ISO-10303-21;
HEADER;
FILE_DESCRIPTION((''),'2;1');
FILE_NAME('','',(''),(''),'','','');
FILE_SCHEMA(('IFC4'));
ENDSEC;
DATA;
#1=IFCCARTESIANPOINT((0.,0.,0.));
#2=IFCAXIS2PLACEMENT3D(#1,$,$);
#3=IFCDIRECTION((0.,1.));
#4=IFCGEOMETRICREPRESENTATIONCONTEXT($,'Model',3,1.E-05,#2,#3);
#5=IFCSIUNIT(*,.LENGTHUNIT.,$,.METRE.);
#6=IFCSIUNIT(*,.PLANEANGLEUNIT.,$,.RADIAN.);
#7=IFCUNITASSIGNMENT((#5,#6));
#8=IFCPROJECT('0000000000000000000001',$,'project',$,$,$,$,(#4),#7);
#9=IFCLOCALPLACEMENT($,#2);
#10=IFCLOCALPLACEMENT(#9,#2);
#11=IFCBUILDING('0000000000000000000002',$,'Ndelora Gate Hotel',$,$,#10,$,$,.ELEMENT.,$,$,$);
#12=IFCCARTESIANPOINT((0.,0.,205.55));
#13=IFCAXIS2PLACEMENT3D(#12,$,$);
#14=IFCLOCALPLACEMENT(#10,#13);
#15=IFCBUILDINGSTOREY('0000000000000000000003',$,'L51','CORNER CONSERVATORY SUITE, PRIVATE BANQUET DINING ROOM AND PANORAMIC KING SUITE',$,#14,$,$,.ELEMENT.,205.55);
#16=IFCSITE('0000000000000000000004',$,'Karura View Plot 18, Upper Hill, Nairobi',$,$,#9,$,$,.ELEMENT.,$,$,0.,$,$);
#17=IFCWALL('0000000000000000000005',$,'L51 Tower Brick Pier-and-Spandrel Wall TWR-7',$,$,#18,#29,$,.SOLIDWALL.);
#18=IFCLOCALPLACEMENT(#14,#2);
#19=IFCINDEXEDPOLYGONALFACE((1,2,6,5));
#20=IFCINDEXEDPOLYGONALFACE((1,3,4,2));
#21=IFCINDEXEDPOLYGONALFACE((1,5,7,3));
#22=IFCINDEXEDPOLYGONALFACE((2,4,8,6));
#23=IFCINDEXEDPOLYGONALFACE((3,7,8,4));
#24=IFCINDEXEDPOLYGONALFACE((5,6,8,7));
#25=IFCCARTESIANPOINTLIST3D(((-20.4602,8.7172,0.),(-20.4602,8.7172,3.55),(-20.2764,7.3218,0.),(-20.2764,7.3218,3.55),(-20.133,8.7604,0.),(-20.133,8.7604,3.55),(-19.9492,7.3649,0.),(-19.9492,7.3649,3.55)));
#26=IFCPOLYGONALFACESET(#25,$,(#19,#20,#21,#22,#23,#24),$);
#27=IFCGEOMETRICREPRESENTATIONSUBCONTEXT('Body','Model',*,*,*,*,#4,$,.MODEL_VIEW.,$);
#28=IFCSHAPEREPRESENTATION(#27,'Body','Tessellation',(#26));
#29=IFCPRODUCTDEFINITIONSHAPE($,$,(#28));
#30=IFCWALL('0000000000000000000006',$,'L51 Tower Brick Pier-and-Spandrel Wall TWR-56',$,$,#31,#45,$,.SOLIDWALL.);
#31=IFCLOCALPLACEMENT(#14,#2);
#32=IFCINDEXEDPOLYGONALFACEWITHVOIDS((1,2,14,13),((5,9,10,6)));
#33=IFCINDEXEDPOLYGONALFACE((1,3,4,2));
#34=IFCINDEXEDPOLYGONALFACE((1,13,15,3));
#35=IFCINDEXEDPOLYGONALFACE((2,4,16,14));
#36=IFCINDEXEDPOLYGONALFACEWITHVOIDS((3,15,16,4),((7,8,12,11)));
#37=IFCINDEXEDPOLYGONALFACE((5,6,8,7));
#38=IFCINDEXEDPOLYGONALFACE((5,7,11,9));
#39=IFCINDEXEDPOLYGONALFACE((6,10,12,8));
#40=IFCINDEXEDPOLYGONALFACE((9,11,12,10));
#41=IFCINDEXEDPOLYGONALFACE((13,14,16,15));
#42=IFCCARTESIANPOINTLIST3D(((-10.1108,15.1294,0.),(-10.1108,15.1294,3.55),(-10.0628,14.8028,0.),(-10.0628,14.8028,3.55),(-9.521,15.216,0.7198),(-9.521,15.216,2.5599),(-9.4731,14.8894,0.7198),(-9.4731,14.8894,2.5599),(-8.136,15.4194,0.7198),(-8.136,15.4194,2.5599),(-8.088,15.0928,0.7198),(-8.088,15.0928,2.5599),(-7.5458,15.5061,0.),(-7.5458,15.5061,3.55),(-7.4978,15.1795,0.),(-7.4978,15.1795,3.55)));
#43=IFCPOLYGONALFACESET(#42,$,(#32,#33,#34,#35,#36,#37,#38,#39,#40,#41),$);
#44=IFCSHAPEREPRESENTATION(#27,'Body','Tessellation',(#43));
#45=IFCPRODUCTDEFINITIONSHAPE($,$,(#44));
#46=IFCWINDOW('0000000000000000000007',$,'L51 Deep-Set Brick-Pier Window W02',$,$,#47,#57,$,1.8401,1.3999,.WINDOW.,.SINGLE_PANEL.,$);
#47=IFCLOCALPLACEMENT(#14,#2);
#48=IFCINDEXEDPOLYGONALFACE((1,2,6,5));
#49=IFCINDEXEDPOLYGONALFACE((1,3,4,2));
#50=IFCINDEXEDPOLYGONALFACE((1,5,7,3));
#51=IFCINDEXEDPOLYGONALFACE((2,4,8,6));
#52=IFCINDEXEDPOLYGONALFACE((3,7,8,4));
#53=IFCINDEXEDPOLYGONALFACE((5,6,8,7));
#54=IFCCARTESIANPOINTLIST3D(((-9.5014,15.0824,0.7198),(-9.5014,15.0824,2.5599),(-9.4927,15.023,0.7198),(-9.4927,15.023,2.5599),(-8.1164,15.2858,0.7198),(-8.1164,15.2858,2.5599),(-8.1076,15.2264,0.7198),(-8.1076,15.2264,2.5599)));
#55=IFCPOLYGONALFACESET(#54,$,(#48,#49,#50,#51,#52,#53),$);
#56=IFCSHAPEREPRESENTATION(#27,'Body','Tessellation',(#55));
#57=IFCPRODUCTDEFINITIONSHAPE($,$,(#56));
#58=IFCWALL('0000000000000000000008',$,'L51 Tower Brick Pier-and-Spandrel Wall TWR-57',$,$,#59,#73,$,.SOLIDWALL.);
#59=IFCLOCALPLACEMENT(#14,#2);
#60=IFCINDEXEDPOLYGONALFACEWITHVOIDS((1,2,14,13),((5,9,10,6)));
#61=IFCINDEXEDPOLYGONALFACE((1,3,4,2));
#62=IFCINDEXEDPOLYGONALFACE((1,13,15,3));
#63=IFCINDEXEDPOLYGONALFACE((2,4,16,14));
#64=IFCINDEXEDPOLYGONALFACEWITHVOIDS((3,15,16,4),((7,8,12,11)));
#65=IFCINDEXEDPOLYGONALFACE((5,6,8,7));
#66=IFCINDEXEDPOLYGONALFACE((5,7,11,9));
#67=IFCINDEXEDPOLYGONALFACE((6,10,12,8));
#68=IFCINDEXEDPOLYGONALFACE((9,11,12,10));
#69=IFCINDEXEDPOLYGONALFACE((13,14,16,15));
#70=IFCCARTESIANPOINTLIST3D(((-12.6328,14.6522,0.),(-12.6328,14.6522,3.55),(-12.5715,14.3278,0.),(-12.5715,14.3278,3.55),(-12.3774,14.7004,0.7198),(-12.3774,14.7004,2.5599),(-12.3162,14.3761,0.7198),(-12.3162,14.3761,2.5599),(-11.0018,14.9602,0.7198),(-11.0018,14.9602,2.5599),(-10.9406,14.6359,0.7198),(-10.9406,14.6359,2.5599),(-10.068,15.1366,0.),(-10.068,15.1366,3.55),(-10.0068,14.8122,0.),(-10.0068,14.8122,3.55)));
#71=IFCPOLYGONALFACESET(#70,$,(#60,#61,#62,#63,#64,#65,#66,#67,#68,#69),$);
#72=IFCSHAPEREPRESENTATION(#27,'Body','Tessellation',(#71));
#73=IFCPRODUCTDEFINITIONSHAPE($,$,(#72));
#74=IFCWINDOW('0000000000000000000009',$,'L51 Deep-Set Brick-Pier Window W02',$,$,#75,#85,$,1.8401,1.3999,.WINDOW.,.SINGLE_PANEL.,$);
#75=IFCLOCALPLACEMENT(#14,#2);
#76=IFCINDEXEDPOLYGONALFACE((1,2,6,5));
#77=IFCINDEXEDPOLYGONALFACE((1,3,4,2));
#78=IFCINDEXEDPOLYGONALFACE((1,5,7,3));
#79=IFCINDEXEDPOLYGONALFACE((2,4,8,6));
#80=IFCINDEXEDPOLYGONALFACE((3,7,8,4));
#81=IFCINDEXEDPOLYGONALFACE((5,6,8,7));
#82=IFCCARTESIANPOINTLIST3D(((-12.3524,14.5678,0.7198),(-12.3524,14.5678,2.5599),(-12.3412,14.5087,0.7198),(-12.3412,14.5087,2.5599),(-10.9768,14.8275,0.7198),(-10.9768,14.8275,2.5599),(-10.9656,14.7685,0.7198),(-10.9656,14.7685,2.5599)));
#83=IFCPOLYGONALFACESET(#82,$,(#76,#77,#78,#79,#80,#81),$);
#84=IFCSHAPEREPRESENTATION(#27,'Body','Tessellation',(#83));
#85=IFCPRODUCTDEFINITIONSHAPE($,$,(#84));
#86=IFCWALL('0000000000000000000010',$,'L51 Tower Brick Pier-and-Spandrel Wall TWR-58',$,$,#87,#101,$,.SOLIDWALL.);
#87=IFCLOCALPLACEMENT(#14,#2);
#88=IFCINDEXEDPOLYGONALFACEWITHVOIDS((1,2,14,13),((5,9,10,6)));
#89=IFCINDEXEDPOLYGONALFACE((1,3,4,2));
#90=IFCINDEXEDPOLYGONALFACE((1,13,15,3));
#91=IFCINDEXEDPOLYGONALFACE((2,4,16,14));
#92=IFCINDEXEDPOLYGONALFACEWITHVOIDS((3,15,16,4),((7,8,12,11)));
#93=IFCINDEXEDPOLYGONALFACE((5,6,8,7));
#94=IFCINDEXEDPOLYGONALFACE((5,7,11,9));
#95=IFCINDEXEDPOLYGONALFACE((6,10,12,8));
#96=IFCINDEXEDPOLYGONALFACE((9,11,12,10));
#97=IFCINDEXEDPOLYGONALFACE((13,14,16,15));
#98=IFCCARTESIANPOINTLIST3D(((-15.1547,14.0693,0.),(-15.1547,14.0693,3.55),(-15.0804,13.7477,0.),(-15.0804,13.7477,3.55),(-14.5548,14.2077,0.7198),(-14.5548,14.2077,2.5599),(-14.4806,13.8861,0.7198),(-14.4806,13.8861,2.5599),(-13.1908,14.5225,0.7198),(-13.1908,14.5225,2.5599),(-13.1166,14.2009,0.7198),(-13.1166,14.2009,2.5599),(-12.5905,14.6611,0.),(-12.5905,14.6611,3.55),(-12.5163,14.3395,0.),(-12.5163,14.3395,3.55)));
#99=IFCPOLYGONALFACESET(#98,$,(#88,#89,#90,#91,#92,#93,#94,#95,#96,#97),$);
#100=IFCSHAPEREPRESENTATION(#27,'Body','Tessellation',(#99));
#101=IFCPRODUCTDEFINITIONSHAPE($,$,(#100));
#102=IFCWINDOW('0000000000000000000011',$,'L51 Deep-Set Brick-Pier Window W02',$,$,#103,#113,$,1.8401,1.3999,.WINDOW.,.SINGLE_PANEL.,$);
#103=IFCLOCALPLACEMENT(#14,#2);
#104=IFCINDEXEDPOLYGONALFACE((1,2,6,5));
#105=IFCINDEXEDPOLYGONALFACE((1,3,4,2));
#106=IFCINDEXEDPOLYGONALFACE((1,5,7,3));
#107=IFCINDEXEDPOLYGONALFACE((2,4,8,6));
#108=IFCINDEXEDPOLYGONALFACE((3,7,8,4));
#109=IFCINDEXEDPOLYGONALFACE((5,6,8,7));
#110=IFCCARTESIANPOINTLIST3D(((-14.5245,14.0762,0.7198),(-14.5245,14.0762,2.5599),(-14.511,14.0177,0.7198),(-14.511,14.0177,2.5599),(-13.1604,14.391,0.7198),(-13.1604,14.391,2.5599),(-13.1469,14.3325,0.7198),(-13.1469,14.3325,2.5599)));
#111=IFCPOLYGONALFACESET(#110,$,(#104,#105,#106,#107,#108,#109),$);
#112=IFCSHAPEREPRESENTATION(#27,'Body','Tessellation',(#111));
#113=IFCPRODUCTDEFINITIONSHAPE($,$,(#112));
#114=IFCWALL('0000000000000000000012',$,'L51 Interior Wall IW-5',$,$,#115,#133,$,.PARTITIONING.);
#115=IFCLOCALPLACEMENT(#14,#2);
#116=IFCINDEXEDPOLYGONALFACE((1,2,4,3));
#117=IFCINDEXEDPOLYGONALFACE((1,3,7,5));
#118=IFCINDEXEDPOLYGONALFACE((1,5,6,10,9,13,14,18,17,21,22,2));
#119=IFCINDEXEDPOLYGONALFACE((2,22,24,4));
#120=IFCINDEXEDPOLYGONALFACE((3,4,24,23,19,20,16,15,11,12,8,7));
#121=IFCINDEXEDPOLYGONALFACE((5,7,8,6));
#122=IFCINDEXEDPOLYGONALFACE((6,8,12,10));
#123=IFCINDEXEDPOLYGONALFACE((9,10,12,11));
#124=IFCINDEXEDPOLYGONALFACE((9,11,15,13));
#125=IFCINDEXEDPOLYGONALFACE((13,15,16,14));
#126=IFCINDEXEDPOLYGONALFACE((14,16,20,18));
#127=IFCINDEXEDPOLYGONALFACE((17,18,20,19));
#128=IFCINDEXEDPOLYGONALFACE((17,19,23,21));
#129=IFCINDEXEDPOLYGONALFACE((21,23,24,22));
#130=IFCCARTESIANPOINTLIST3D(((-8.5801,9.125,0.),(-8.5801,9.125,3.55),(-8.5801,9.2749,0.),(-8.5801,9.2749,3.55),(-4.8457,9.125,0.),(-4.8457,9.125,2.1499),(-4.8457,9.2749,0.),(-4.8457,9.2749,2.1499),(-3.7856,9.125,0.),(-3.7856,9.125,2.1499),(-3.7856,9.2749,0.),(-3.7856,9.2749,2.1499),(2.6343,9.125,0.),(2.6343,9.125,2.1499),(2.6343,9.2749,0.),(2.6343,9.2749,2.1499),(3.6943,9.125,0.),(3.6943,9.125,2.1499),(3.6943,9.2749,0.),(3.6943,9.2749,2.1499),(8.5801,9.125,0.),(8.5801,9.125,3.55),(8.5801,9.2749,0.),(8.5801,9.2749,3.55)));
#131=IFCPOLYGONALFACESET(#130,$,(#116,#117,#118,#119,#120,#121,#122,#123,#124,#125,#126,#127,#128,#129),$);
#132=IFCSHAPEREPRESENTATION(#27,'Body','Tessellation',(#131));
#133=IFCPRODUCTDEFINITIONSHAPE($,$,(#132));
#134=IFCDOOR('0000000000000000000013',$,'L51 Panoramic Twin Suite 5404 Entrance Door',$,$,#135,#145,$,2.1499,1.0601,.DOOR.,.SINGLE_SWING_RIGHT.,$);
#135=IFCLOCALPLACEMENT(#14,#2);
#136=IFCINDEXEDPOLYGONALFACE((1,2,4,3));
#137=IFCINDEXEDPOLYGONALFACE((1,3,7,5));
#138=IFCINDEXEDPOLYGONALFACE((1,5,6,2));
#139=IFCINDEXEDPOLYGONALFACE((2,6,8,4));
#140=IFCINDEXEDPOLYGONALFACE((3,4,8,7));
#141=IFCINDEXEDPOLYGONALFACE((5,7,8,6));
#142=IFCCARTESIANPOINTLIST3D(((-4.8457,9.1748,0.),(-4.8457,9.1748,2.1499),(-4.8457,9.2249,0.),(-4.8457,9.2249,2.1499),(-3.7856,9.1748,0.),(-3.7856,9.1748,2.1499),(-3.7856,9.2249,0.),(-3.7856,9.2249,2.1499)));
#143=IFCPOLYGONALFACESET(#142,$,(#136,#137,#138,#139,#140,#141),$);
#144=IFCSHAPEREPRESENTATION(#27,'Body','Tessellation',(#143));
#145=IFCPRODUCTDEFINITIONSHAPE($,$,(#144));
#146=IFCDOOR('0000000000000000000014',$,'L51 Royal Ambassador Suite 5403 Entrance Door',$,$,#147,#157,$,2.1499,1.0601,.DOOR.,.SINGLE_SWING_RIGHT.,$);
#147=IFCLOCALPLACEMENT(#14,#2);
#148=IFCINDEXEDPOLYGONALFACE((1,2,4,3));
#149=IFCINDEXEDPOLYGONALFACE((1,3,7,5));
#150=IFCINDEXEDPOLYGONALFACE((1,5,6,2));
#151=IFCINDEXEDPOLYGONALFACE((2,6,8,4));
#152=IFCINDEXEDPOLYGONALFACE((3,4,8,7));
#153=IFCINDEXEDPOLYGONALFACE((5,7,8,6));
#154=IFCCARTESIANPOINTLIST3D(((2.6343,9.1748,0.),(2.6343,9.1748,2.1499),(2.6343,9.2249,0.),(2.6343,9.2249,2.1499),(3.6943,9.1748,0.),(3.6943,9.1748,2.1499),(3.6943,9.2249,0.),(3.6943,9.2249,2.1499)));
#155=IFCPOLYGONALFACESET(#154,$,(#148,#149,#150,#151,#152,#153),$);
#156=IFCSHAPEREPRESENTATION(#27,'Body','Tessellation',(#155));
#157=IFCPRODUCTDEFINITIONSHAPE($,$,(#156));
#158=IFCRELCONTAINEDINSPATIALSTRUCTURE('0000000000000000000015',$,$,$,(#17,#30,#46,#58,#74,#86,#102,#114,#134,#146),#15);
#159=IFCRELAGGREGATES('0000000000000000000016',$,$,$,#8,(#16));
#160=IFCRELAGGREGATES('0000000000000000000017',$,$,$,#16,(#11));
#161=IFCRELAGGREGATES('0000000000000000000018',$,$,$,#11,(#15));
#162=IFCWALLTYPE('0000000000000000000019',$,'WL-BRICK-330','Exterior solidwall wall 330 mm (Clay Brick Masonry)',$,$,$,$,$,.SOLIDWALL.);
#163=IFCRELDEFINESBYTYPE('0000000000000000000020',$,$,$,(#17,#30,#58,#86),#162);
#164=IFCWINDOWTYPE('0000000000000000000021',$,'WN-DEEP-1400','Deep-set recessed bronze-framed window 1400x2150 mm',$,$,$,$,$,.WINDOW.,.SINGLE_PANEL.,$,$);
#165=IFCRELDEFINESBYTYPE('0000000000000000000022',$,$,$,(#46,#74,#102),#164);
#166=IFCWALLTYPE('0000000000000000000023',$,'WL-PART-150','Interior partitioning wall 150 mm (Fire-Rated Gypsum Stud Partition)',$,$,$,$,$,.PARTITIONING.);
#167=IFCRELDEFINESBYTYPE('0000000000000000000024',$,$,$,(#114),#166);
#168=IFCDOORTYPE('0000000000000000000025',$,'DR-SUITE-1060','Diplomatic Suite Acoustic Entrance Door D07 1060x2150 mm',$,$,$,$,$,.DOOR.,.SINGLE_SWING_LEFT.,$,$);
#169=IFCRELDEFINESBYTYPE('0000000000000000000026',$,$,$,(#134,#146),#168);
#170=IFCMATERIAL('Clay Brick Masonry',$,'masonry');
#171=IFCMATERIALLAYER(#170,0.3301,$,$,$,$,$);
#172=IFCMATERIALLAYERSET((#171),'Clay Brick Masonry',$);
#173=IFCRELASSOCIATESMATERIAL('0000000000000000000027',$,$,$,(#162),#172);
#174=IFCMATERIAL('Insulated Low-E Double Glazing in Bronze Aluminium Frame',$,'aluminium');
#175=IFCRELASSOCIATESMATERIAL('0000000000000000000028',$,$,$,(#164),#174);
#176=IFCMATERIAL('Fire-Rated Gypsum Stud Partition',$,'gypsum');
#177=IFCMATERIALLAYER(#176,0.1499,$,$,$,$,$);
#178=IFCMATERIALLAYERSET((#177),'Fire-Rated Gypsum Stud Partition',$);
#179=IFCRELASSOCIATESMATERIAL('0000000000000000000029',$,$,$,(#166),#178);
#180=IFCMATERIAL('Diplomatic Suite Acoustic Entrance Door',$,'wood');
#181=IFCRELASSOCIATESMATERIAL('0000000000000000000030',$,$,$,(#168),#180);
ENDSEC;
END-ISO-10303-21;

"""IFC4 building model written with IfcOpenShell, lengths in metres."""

from ifc_helpers import new_model, si_unit, direction, frame, frame_2d, origin, place, context, subcontext, project, spatial, rectangle, extrude, material, layer, layer_set, type_object, element, fill, save


model = new_model("IFC4")

# Units and contexts
model_context = context("Model", 3, precision=1e-05, world=origin(), true_north=direction((0.0, 1.0)))
body_context = subcontext(model_context, "Body", "Model", "MODEL_VIEW")
ifc_project = project(units=[si_unit("LENGTHUNIT", "METRE"), si_unit("PLANEANGLEUNIT", "RADIAN")], contexts=[model_context])

# Site, building, storey
site_placement = place(None, origin())
site = spatial("IfcSite", under=ifc_project, at=site_placement, Name="Karura View Plot 18, Upper Hill, Nairobi", CompositionType="ELEMENT", RefElevation=0.0)
building_placement = place(site_placement, origin())
building = spatial("IfcBuilding", under=site, at=building_placement, Name="Ndelora Gate Hotel", CompositionType="ELEMENT")
storey_placement = place(building_placement, frame((0.0, 0.0, 205.55)))
storey = spatial("IfcBuildingStorey", under=building, at=storey_placement, Name="L51", Description="CORNER CONSERVATORY SUITE, PRIVATE BANQUET DINING ROOM AND PANORAMIC KING SUITE", CompositionType="ELEMENT", Elevation=205.55)

# Wall
ifc_material_1 = material(Name="Clay Brick Masonry", Category="masonry")
ifc_layer_1 = layer(ifc_material_1, 0.3301)
ifc_layer_set_1 = layer_set([ifc_layer_1], Name="Clay Brick Masonry")
wall_type_1 = type_object("IfcWallType", Name="WL-BRICK-330", Description="Exterior solidwall wall 330 mm (Clay Brick Masonry)", PredefinedType="SOLIDWALL", material=ifc_layer_set_1)
for number, where, z_axis, x_axis, name in (
    (1, (-20.1128, 7.3435, 0.0), (0.0, 0.0, 1.0), (-0.130607, 0.991434, 0.0), "L51 Tower Brick Pier-and-Spandrel Wall TWR-7"),
):
    element("IfcWall", number, at=place(storey_placement, frame(where, z_axis=z_axis, x_axis=x_axis)), inside=storey, type_object=wall_type_1, Name=name, PredefinedType="SOLIDWALL", context=body_context, shape_type="SweptSolid", body=[
        extrude(rectangle(XDim=1.4075, YDim=0.3301, at=frame_2d((0.7036, 0.0))), origin(), (0.0, 0.0, 1.0), 3.55),
    ])

# Walls, openings, windows
wall_1_placement = place(storey_placement, frame((-10.0869, 14.9661, 0.0), z_axis=(0.0, 0.0, 1.0), x_axis=(0.989386, 0.14531, 0.0)))
wall_1 = element("IfcWall", 2, at=wall_1_placement, inside=storey, type_object=wall_type_1, Name="L51 Tower Brick Pier-and-Spandrel Wall TWR-56", PredefinedType="SOLIDWALL", context=body_context, shape_type="SweptSolid", body=[
    extrude(rectangle(XDim=2.5925, YDim=0.3301, at=frame_2d((1.2964, 0.0))), origin(), (0.0, 0.0, 1.0), 3.55),
])
opening_1_placement = place(wall_1_placement, frame((0.5962, 0.0, 0.72)))
opening_1 = element("IfcOpeningElement", 3, at=opening_1_placement, cuts=wall_1, PredefinedType="OPENING", context=body_context, shape_type="SweptSolid", body=[
    extrude(rectangle(XDim=1.3999, YDim=1.8401, at=frame_2d((0.7, 0.9199))), frame((0.0, 0.175, 0.0), z_axis=(0.0, -1.0, 0.0), x_axis=(1.0, 0.0, 0.0)), (0.0, 0.0, 1.0), 0.3501),
])
ifc_material_2 = material(Name="Insulated Low-E Double Glazing in Bronze Aluminium Frame", Category="aluminium")
window_type = type_object("IfcWindowType", Name="WN-DEEP-1400", Description="Deep-set recessed bronze-framed window 1400x2150 mm", PartitioningType="SINGLE_PANEL", PredefinedType="WINDOW", material=ifc_material_2)
window_1_placement = place(opening_1_placement, origin())
window_1 = element("IfcWindow", 4, at=window_1_placement, inside=storey, type_object=window_type, Name="L51 Deep-Set Brick-Pier Window W02", OverallHeight=1.8401, OverallWidth=1.3999, PartitioningType="SINGLE_PANEL", PredefinedType="WINDOW", context=body_context, shape_type="SweptSolid", body=[
    extrude(rectangle(XDim=1.3999, YDim=1.8401, at=frame_2d((0.7, 0.9199))), frame((0.0, 0.03, 0.0), z_axis=(0.0, -1.0, 0.0), x_axis=(1.0, 0.0, 0.0)), (0.0, 0.0, 1.0), 0.0601),
])
fill(opening_1, window_1)
wall_2_placement = place(storey_placement, frame((-12.6023, 14.49, 0.0), z_axis=(0.0, 0.0, 1.0), x_axis=(0.982629, 0.185582, 0.0)))
wall_2 = element("IfcWall", 5, at=wall_2_placement, inside=storey, type_object=wall_type_1, Name="L51 Tower Brick Pier-and-Spandrel Wall TWR-57", PredefinedType="SOLIDWALL", context=body_context, shape_type="SweptSolid", body=[
    extrude(rectangle(XDim=2.6101, YDim=0.3301, at=frame_2d((1.3052, 0.0))), origin(), (0.0, 0.0, 1.0), 3.55),
])
opening_2_placement = place(wall_2_placement, frame((0.26, 0.0, 0.72)))
opening_2 = element("IfcOpeningElement", 6, at=opening_2_placement, cuts=wall_2, PredefinedType="OPENING", context=body_context, shape_type="SweptSolid", body=[
    extrude(rectangle(XDim=1.3999, YDim=1.8401, at=frame_2d((0.7, 0.9199))), frame((0.0, 0.175, 0.0), z_axis=(0.0, -1.0, 0.0), x_axis=(1.0, 0.0, 0.0)), (0.0, 0.0, 1.0), 0.3501),
])
window_2_placement = place(opening_2_placement, origin())
window_2 = element("IfcWindow", 7, at=window_2_placement, inside=storey, type_object=window_type, Name="L51 Deep-Set Brick-Pier Window W02", OverallHeight=1.8401, OverallWidth=1.3999, PartitioningType="SINGLE_PANEL", PredefinedType="WINDOW", context=body_context, shape_type="SweptSolid", body=[
    extrude(rectangle(XDim=1.3999, YDim=1.8401, at=frame_2d((0.7, 0.9199))), frame((0.0, 0.03, 0.0), z_axis=(0.0, -1.0, 0.0), x_axis=(1.0, 0.0, 0.0)), (0.0, 0.0, 1.0), 0.0601),
])
fill(opening_2, window_2)
wall_3_placement = place(storey_placement, frame((-15.1177, 13.9084, 0.0), z_axis=(0.0, 0.0, 1.0), x_axis=(0.974387, 0.22488, 0.0)))
wall_3 = element("IfcWall", 8, at=wall_3_placement, inside=storey, type_object=wall_type_1, Name="L51 Tower Brick Pier-and-Spandrel Wall TWR-58", PredefinedType="SOLIDWALL", context=body_context, shape_type="SweptSolid", body=[
    extrude(rectangle(XDim=2.6316, YDim=0.3301, at=frame_2d((1.3159, 0.0))), origin(), (0.0, 0.0, 1.0), 3.55),
])
opening_3_placement = place(wall_3_placement, frame((0.6157, 0.0, 0.72)))
opening_3 = element("IfcOpeningElement", 9, at=opening_3_placement, cuts=wall_3, PredefinedType="OPENING", context=body_context, shape_type="SweptSolid", body=[
    extrude(rectangle(XDim=1.3999, YDim=1.8401, at=frame_2d((0.7, 0.9199))), frame((0.0, 0.175, 0.0), z_axis=(0.0, -1.0, 0.0), x_axis=(1.0, 0.0, 0.0)), (0.0, 0.0, 1.0), 0.3501),
])
window_3_placement = place(opening_3_placement, origin())
window_3 = element("IfcWindow", 10, at=window_3_placement, inside=storey, type_object=window_type, Name="L51 Deep-Set Brick-Pier Window W02", OverallHeight=1.8401, OverallWidth=1.3999, PartitioningType="SINGLE_PANEL", PredefinedType="WINDOW", context=body_context, shape_type="SweptSolid", body=[
    extrude(rectangle(XDim=1.3999, YDim=1.8401, at=frame_2d((0.7, 0.9199))), frame((0.0, 0.03, 0.0), z_axis=(0.0, -1.0, 0.0), x_axis=(1.0, 0.0, 0.0)), (0.0, 0.0, 1.0), 0.0601),
])
fill(opening_3, window_3)

# Wall, openings, doors
ifc_material_3 = material(Name="Fire-Rated Gypsum Stud Partition", Category="gypsum")
ifc_layer_2 = layer(ifc_material_3, 0.1499)
ifc_layer_set_2 = layer_set([ifc_layer_2], Name="Fire-Rated Gypsum Stud Partition")
wall_type_2 = type_object("IfcWallType", Name="WL-PART-150", Description="Interior partitioning wall 150 mm (Fire-Rated Gypsum Stud Partition)", PredefinedType="PARTITIONING", material=ifc_layer_set_2)
wall_4_placement = place(storey_placement, frame((-8.5801, 9.2, 0.0), z_axis=(0.0, 0.0, 1.0), x_axis=(1.0, 0.0, 0.0)))
wall_4 = element("IfcWall", 11, at=wall_4_placement, inside=storey, type_object=wall_type_2, Name="L51 Interior Wall IW-5", PredefinedType="PARTITIONING", context=body_context, shape_type="SweptSolid", body=[
    extrude(rectangle(XDim=17.1602, YDim=0.1499, at=frame_2d((8.5801, 0.0))), origin(), (0.0, 0.0, 1.0), 3.55),
])
opening_4_placement = place(wall_4_placement, frame((3.7344, 0.0, 0.0)))
opening_4 = element("IfcOpeningElement", 12, at=opening_4_placement, cuts=wall_4, PredefinedType="OPENING", context=body_context, shape_type="SweptSolid", body=[
    extrude(rectangle(XDim=1.0601, YDim=2.1499, at=frame_2d((0.53, 1.075))), frame((0.0, 0.085, 0.0), z_axis=(0.0, -1.0, 0.0), x_axis=(1.0, 0.0, 0.0)), (0.0, 0.0, 1.0), 0.1699),
])
opening_5_placement = place(wall_4_placement, frame((11.2144, 0.0, 0.0)))
opening_5 = element("IfcOpeningElement", 13, at=opening_5_placement, cuts=wall_4, PredefinedType="OPENING", context=body_context, shape_type="SweptSolid", body=[
    extrude(rectangle(XDim=1.0601, YDim=2.1499, at=frame_2d((0.53, 1.075))), frame((0.0, 0.085, 0.0), z_axis=(0.0, -1.0, 0.0), x_axis=(1.0, 0.0, 0.0)), (0.0, 0.0, 1.0), 0.1699),
])
ifc_material_4 = material(Name="Diplomatic Suite Acoustic Entrance Door", Category="wood")
door_type = type_object("IfcDoorType", Name="DR-SUITE-1060", Description="Diplomatic Suite Acoustic Entrance Door D07 1060x2150 mm", OperationType="SINGLE_SWING_LEFT", PredefinedType="DOOR", material=ifc_material_4)
door_1_placement = place(opening_4_placement, origin())
door_1 = element("IfcDoor", 14, at=door_1_placement, inside=storey, type_object=door_type, Name="L51 Panoramic Twin Suite 5404 Entrance Door", OperationType="SINGLE_SWING_RIGHT", OverallHeight=2.1499, OverallWidth=1.0601, PredefinedType="DOOR", context=body_context, shape_type="SweptSolid", body=[
    extrude(rectangle(XDim=1.0601, YDim=2.1499, at=frame_2d((0.53, 1.075))), frame((0.0, 0.0249, 0.0), z_axis=(0.0, -1.0, 0.0), x_axis=(1.0, 0.0, 0.0)), (0.0, 0.0, 1.0), 0.05),
])
fill(opening_4, door_1)
door_2_placement = place(opening_5_placement, origin())
door_2 = element("IfcDoor", 15, at=door_2_placement, inside=storey, type_object=door_type, Name="L51 Royal Ambassador Suite 5403 Entrance Door", OperationType="SINGLE_SWING_RIGHT", OverallHeight=2.1499, OverallWidth=1.0601, PredefinedType="DOOR", context=body_context, shape_type="SweptSolid", body=[
    extrude(rectangle(XDim=1.0601, YDim=2.1499, at=frame_2d((0.53, 1.075))), frame((0.0, 0.0249, 0.0), z_axis=(0.0, -1.0, 0.0), x_axis=(1.0, 0.0, 0.0)), (0.0, 0.0, 1.0), 0.05),
])
fill(opening_5, door_2)

save(model, "model.ifc")
